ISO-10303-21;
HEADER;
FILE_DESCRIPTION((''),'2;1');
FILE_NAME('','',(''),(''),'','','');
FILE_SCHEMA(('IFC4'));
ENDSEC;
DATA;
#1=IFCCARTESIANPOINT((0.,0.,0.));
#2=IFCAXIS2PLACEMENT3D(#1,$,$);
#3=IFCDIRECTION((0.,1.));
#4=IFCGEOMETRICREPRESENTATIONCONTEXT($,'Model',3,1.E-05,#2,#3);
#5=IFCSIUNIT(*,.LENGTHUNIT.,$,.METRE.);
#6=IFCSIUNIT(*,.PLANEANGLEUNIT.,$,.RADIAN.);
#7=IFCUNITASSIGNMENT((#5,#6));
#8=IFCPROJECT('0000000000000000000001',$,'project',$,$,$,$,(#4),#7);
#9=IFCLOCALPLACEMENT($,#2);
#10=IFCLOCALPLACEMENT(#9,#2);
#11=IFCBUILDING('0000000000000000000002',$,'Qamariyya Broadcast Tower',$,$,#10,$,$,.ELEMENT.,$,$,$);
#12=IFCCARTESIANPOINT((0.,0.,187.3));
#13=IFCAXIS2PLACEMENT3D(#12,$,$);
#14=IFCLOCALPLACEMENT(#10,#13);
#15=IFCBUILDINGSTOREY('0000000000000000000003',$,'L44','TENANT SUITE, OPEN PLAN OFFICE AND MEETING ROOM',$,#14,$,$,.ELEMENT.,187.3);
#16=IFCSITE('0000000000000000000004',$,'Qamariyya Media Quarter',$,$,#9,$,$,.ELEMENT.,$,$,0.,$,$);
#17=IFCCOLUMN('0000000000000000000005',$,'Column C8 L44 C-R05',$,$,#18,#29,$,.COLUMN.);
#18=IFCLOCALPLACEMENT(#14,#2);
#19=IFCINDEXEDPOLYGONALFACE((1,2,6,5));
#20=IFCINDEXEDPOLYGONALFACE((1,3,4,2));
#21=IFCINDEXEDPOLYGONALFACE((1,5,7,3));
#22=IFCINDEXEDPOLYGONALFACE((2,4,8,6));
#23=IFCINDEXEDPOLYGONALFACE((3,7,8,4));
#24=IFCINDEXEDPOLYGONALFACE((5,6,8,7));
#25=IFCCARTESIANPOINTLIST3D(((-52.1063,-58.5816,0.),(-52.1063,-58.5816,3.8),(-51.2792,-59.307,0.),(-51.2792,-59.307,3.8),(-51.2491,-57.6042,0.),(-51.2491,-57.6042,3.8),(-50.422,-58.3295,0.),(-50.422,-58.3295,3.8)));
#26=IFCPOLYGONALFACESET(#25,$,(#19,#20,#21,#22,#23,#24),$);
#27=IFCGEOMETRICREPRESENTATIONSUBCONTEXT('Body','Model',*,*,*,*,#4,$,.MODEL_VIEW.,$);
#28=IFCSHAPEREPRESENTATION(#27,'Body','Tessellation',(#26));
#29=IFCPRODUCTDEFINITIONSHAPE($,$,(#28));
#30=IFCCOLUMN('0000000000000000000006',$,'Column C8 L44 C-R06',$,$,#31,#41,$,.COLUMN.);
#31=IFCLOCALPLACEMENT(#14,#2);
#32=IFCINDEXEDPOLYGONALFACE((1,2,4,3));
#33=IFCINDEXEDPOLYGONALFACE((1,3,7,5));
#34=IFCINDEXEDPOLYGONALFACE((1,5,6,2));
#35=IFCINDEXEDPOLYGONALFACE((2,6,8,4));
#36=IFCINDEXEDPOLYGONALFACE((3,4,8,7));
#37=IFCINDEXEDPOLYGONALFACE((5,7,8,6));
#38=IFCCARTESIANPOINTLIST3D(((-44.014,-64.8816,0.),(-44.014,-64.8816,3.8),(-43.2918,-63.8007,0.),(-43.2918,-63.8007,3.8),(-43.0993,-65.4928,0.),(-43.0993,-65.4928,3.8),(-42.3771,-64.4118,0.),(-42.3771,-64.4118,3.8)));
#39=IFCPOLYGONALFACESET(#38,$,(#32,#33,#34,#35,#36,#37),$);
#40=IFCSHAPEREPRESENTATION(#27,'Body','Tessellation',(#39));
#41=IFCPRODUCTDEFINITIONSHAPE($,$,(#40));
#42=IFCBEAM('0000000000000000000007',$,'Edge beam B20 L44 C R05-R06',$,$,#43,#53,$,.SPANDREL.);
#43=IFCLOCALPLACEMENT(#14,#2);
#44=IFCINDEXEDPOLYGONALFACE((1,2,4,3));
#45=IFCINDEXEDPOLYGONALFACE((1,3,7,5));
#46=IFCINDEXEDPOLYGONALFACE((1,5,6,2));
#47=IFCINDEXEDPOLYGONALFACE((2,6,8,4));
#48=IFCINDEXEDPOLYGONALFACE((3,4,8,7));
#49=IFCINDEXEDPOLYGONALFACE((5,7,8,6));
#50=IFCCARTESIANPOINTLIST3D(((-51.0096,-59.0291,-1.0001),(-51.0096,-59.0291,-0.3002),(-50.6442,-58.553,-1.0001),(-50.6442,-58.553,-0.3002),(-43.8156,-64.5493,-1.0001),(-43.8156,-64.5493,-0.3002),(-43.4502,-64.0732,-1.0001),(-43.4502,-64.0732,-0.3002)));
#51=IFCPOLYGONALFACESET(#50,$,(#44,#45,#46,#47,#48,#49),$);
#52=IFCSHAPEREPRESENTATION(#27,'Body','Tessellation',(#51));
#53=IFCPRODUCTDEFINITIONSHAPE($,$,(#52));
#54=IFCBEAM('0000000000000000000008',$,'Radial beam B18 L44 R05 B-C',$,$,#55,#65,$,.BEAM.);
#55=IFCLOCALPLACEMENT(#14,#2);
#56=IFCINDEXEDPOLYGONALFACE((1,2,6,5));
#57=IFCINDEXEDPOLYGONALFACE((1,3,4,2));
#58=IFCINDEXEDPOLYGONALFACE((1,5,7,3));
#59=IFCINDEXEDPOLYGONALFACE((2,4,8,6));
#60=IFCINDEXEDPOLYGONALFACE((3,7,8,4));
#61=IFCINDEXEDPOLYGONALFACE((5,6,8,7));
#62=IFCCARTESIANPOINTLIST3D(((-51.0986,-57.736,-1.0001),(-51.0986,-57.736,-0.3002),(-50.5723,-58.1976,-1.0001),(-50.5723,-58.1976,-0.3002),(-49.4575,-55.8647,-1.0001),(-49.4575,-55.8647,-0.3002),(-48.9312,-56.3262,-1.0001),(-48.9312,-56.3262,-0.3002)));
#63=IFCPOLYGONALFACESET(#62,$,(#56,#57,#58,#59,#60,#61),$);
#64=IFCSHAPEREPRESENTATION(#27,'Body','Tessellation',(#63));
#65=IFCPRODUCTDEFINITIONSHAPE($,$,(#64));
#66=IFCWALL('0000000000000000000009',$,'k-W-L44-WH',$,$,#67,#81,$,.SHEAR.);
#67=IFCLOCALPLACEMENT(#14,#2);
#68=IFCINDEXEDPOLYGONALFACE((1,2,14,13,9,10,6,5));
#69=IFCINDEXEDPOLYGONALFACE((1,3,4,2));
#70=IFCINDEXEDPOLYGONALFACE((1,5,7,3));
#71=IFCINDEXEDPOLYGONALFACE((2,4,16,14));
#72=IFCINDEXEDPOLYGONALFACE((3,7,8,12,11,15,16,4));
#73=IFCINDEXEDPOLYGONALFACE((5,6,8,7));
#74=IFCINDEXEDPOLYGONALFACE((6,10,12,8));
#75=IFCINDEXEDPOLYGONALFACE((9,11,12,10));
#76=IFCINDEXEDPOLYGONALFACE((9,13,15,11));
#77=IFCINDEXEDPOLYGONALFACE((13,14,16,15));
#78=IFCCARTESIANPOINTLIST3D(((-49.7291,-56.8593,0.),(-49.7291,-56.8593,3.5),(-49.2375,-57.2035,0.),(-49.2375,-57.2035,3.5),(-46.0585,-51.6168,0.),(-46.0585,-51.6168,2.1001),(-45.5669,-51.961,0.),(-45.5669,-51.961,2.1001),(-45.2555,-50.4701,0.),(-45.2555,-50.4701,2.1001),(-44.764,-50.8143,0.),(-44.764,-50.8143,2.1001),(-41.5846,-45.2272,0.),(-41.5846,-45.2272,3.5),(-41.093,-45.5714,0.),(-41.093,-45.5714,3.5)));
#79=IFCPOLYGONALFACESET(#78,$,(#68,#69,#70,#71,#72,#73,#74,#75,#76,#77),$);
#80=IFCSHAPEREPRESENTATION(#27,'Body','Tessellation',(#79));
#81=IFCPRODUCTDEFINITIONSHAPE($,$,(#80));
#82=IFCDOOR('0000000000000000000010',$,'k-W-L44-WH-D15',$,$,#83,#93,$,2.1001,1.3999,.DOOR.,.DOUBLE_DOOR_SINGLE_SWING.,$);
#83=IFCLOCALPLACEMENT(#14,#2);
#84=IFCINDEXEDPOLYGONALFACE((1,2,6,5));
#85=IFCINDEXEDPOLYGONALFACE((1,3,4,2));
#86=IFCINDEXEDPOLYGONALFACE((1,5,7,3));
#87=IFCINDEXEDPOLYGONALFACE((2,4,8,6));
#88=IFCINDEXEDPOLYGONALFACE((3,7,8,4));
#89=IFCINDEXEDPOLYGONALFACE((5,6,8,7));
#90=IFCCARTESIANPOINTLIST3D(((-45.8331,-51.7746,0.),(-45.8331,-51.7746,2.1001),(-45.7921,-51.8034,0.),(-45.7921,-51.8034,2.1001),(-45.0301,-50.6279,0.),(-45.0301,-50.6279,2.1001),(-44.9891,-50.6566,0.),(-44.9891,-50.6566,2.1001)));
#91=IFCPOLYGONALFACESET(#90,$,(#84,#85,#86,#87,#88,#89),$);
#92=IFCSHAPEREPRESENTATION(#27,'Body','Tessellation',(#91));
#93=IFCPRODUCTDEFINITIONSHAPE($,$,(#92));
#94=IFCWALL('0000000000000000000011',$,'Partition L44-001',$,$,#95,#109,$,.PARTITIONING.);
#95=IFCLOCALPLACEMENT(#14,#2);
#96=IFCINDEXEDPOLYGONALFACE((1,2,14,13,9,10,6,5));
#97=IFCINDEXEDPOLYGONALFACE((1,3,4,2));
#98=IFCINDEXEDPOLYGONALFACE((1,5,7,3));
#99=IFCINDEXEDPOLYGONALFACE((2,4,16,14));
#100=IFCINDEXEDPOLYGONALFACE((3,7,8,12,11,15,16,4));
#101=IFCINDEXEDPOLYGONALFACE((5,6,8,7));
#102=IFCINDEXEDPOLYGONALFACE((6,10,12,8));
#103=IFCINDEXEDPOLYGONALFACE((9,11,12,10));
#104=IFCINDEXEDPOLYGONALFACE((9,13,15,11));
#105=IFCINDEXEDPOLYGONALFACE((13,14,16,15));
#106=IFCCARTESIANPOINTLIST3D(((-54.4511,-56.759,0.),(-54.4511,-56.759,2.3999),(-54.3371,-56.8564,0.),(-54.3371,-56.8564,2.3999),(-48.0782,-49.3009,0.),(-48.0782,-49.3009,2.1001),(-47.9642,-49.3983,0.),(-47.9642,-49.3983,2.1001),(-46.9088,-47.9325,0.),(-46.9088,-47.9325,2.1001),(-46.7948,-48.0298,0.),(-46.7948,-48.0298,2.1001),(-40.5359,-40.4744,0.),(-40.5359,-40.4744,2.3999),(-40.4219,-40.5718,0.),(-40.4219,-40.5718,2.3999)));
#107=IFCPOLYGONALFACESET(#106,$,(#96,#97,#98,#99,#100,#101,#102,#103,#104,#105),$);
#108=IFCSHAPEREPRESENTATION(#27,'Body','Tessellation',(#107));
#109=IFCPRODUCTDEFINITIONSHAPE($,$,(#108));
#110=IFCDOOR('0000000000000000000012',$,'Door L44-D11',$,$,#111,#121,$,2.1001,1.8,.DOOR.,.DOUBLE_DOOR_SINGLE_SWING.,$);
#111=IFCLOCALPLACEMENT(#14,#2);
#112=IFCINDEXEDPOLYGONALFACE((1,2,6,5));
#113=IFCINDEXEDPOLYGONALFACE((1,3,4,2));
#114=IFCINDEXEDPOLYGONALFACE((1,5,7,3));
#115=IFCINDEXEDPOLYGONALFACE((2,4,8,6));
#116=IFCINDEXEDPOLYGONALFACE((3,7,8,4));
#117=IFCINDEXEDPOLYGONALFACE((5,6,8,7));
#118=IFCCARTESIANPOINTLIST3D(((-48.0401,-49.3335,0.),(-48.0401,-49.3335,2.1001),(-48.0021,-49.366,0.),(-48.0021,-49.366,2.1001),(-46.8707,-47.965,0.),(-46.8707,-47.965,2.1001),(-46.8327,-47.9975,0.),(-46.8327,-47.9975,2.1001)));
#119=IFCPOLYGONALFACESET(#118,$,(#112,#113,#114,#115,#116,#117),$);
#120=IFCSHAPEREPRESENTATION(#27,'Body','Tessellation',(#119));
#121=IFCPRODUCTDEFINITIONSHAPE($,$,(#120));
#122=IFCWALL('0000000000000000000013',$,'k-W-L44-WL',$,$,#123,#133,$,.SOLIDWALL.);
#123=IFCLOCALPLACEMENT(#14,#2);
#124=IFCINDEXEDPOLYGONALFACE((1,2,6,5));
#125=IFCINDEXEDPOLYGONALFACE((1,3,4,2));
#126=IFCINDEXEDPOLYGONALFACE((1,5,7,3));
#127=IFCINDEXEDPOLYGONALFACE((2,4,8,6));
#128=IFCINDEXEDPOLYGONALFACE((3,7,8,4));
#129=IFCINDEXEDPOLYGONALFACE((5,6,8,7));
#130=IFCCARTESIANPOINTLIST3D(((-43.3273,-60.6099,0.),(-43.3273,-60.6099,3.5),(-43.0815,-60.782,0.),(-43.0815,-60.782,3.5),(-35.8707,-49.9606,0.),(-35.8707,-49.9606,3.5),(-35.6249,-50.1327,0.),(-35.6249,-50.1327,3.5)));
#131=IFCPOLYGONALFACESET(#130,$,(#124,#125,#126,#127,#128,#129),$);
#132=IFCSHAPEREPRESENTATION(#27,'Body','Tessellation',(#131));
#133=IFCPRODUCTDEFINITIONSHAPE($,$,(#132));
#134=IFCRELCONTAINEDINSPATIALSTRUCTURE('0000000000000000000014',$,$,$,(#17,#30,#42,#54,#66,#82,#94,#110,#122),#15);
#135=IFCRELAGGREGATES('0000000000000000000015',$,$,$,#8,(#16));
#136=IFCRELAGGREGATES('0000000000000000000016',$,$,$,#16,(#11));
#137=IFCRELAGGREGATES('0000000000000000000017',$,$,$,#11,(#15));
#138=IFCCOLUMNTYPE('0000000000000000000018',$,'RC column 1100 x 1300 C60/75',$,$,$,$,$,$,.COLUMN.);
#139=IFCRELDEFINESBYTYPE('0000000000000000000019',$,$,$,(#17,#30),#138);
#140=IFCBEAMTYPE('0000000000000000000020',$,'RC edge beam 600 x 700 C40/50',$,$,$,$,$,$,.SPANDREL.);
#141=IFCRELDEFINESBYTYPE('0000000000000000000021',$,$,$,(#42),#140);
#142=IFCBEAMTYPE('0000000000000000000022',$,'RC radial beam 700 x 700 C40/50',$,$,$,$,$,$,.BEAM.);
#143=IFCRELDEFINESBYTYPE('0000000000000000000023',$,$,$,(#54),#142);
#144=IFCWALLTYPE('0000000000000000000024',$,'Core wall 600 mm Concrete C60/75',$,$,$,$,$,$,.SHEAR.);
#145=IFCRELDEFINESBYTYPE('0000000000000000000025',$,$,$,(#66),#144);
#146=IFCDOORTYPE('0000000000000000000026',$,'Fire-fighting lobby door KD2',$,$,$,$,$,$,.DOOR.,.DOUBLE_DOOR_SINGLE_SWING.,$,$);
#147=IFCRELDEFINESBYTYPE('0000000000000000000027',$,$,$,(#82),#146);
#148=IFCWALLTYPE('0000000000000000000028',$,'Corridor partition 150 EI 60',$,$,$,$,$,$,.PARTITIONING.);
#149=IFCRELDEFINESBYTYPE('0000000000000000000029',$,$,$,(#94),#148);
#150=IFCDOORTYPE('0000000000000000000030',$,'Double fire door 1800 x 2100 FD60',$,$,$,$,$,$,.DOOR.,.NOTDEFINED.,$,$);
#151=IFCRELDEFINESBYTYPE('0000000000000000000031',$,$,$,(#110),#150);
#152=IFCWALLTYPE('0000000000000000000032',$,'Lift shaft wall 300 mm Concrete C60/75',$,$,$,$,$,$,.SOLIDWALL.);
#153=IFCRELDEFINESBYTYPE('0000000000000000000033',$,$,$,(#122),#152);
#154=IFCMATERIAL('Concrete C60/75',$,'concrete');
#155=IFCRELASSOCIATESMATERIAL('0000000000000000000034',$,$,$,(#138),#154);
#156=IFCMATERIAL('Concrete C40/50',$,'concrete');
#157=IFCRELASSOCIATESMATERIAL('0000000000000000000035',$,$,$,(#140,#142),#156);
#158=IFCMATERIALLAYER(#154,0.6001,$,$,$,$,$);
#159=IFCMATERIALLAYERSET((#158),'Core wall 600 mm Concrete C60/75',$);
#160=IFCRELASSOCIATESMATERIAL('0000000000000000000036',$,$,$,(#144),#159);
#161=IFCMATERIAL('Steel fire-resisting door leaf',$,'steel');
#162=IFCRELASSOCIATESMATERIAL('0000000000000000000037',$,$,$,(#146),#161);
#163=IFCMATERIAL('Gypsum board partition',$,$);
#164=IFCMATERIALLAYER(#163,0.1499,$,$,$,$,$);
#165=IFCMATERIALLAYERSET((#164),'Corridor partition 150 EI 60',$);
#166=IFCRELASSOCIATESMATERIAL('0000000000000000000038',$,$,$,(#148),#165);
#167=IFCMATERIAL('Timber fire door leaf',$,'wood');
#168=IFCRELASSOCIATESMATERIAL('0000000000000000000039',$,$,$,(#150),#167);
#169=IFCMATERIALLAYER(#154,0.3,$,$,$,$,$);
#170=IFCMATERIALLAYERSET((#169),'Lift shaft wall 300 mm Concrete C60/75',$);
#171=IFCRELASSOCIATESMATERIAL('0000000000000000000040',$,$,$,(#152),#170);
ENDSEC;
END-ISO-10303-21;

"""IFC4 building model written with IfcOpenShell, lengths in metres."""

from ifc_helpers import new_model, si_unit, direction, frame, frame_2d, origin, origin_2d, place, context, subcontext, project, spatial, rectangle, extrude, material, layer, layer_set, material_profile, profile_set, type_object, element, fill, save


model = new_model("IFC4")

# Units and contexts
model_context = context("Model", 3, precision=1e-05, world=origin(), true_north=direction((0.0, 1.0)))
body_context = subcontext(model_context, "Body", "Model", "MODEL_VIEW")
ifc_project = project(units=[si_unit("LENGTHUNIT", "METRE"), si_unit("PLANEANGLEUNIT", "RADIAN")], contexts=[model_context])

# Site, building, storey
site_placement = place(None, origin())
site = spatial("IfcSite", under=ifc_project, at=site_placement, Name="Qamariyya Media Quarter", CompositionType="ELEMENT", RefElevation=0.0)
building_placement = place(site_placement, origin())
building = spatial("IfcBuilding", under=site, at=building_placement, Name="Qamariyya Broadcast Tower", CompositionType="ELEMENT")
storey_placement = place(building_placement, frame((0.0, 0.0, 187.3)))
storey = spatial("IfcBuildingStorey", under=building, at=storey_placement, Name="L44", Description="TENANT SUITE, OPEN PLAN OFFICE AND MEETING ROOM", CompositionType="ELEMENT", Elevation=187.3)

# Columns
ifc_material_1 = material(Name="Concrete C60/75", Category="concrete")
ifc_material_profile_1 = material_profile(ifc_material_1, rectangle(XDim=1.1001, YDim=1.3, at=origin_2d()))
ifc_profile_set_1 = profile_set([ifc_material_profile_1], Name="Concrete C60/75")
column_type = type_object("IfcColumnType", Name="RC column 1100 x 1300 C60/75", PredefinedType="COLUMN", material=ifc_profile_set_1)
for number, where, z_axis, x_axis, name in (
    (1, (-51.2642, -58.4556, 0.0), (0.0, 0.0, 1.0), (0.75184, -0.659346, 0.0), "Column C8 L44 C-R05"),
    (2, (-43.1956, -64.6467, 0.0), (0.0, 0.0, 1.0), (0.83147, -0.55557, 0.0), "Column C8 L44 C-R06"),
):
    element("IfcColumn", number, at=place(storey_placement, frame(where, z_axis=z_axis, x_axis=x_axis)), inside=storey, type_object=column_type, Name=name, PredefinedType="COLUMN", context=body_context, shape_type="SweptSolid", body=[
        extrude(rectangle(XDim=1.1001, YDim=1.3, at=origin_2d()), origin(), (0.0, 0.0, 1.0), 3.8),
    ])

# Beams
ifc_material_2 = material(Name="Concrete C40/50", Category="concrete")
ifc_material_profile_2 = material_profile(ifc_material_2, rectangle(XDim=0.6001, YDim=0.7, at=origin_2d()))
ifc_profile_set_2 = profile_set([ifc_material_profile_2], Name="Concrete C40/50")
beam_type_1 = type_object("IfcBeamType", Name="RC edge beam 600 x 700 C40/50", PredefinedType="SPANDREL", material=ifc_profile_set_2)
beam_1_placement = place(storey_placement, frame((-50.8269, -58.791, -0.6501), z_axis=(0.793351, -0.608764, 0.0), x_axis=(0.608764, 0.793351, 0.0)))
element("IfcBeam", 3, at=beam_1_placement, inside=storey, type_object=beam_type_1, Name="Edge beam B20 L44 C R05-R06", PredefinedType="SPANDREL", context=body_context, shape_type="SweptSolid", body=[
    extrude(rectangle(XDim=0.6001, YDim=0.7, at=origin_2d()), origin(), (0.0, 0.0, 1.0), 9.0679),
])
ifc_material_profile_3 = material_profile(ifc_material_2, rectangle(XDim=0.7, YDim=0.7, at=origin_2d()))
ifc_profile_set_3 = profile_set([ifc_material_profile_3], Name="Concrete C40/50")
beam_type_2 = type_object("IfcBeamType", Name="RC radial beam 700 x 700 C40/50", PredefinedType="BEAM", material=ifc_profile_set_3)
beam_2_placement = place(storey_placement, frame((-49.1943, -56.0955, -0.6501), z_axis=(-0.659344, -0.751841, 0.0), x_axis=(0.751841, -0.659344, 0.0)))
element("IfcBeam", 4, at=beam_2_placement, inside=storey, type_object=beam_type_2, Name="Radial beam B18 L44 R05 B-C", PredefinedType="BEAM", context=body_context, shape_type="SweptSolid", body=[
    extrude(rectangle(XDim=0.7, YDim=0.7, at=origin_2d()), origin(), (0.0, 0.0, 1.0), 2.489),
])

# Walls, openings, doors
ifc_layer_1 = layer(ifc_material_1, 0.6001)
ifc_layer_set_1 = layer_set([ifc_layer_1], Name="Core wall 600 mm Concrete C60/75")
wall_type_1 = type_object("IfcWallType", Name="Core wall 600 mm Concrete C60/75", PredefinedType="SHEAR", material=ifc_layer_set_1)
wall_1_placement = place(storey_placement, frame((-49.4834, -57.0315, 0.0), z_axis=(0.0, 0.0, 1.0), x_axis=(0.57356, 0.819163, 0.0)))
wall_1 = element("IfcWall", 5, at=wall_1_placement, inside=storey, type_object=wall_type_1, Name="k-W-L44-WH", PredefinedType="SHEAR", context=body_context, shape_type="SweptSolid", body=[
    extrude(rectangle(XDim=14.2, YDim=0.6001, at=frame_2d((7.1001, 0.0))), origin(), (0.0, 0.0, 1.0), 3.5),
])
opening_1_placement = place(wall_1_placement, frame((6.3999, 0.0, 0.0)))
opening_1 = element("IfcOpeningElement", 6, at=opening_1_placement, cuts=wall_1, PredefinedType="OPENING", context=body_context, shape_type="SweptSolid", body=[
    extrude(rectangle(XDim=1.3999, YDim=2.1001, at=frame_2d((0.7, 1.05))), frame((0.0, 0.3101, 0.0), z_axis=(0.0, -1.0, 0.0), x_axis=(1.0, 0.0, 0.0)), (0.0, 0.0, 1.0), 0.6201),
])
ifc_material_3 = material(Name="Steel fire-resisting door leaf", Category="steel")
door_type_1 = type_object("IfcDoorType", Name="Fire-fighting lobby door KD2", OperationType="DOUBLE_DOOR_SINGLE_SWING", PredefinedType="DOOR", material=ifc_material_3)
door_1_placement = place(opening_1_placement, origin())
door_1 = element("IfcDoor", 7, at=door_1_placement, inside=storey, type_object=door_type_1, Name="k-W-L44-WH-D15", OperationType="DOUBLE_DOOR_SINGLE_SWING", OverallHeight=2.1001, OverallWidth=1.3999, PredefinedType="DOOR", context=body_context, shape_type="SweptSolid", body=[
    extrude(rectangle(XDim=1.3999, YDim=2.1001, at=frame_2d((0.7, 1.05))), frame((0.0, 0.0249, 0.0), z_axis=(0.0, -1.0, 0.0), x_axis=(1.0, 0.0, 0.0)), (0.0, 0.0, 1.0), 0.05),
])
fill(opening_1, door_1)
ifc_material_4 = material(Name="Gypsum board partition")
ifc_layer_2 = layer(ifc_material_4, 0.1499)
ifc_layer_set_2 = layer_set([ifc_layer_2], Name="Corridor partition 150 EI 60")
wall_type_2 = type_object("IfcWallType", Name="Corridor partition 150 EI 60", PredefinedType="PARTITIONING", material=ifc_layer_set_2)
wall_2_placement = place(storey_placement, frame((-54.394, -56.8076, 0.0), z_axis=(0.0, 0.0, 1.0), x_axis=(0.649633, 0.760248, 0.0)))
wall_2 = element("IfcWall", 8, at=wall_2_placement, inside=storey, type_object=wall_type_2, Name="Partition L44-001", PredefinedType="PARTITIONING", context=body_context, shape_type="SweptSolid", body=[
    extrude(rectangle(XDim=21.4202, YDim=0.1499, at=frame_2d((10.71, 0.0))), origin(), (0.0, 0.0, 1.0), 2.3999),
])
opening_2_placement = place(wall_2_placement, frame((9.8101, 0.0, 0.0)))
opening_2 = element("IfcOpeningElement", 9, at=opening_2_placement, cuts=wall_2, PredefinedType="OPENING", context=body_context, shape_type="SweptSolid", body=[
    extrude(rectangle(XDim=1.8, YDim=2.1001, at=frame_2d((0.8999, 1.05))), frame((0.0, 0.085, 0.0), z_axis=(0.0, -1.0, 0.0), x_axis=(1.0, 0.0, 0.0)), (0.0, 0.0, 1.0), 0.1699),
])
ifc_material_5 = material(Name="Timber fire door leaf", Category="wood")
door_type_2 = type_object("IfcDoorType", Name="Double fire door 1800 x 2100 FD60", OperationType="NOTDEFINED", PredefinedType="DOOR", material=ifc_material_5)
door_2_placement = place(opening_2_placement, origin())
door_2 = element("IfcDoor", 10, at=door_2_placement, inside=storey, type_object=door_type_2, Name="Door L44-D11", OperationType="DOUBLE_DOOR_SINGLE_SWING", OverallHeight=2.1001, OverallWidth=1.8, PredefinedType="DOOR", context=body_context, shape_type="SweptSolid", body=[
    extrude(rectangle(XDim=1.8, YDim=2.1001, at=frame_2d((0.8999, 1.05))), frame((0.0, 0.0249, 0.0), z_axis=(0.0, -1.0, 0.0), x_axis=(1.0, 0.0, 0.0)), (0.0, 0.0, 1.0), 0.05),
])
fill(opening_2, door_2)

# Wall
ifc_layer_3 = layer(ifc_material_1, 0.3)
ifc_layer_set_3 = layer_set([ifc_layer_3], Name="Lift shaft wall 300 mm Concrete C60/75")
wall_type_3 = type_object("IfcWallType", Name="Lift shaft wall 300 mm Concrete C60/75", PredefinedType="SOLIDWALL", material=ifc_layer_set_3)
wall_3_placement = place(storey_placement, frame((-43.2043, -60.6958, 0.0), z_axis=(0.0, 0.0, 1.0), x_axis=(0.573572, 0.819155, 0.0)))
element("IfcWall", 11, at=wall_3_placement, inside=storey, type_object=wall_type_3, Name="k-W-L44-WL", PredefinedType="SOLIDWALL", context=body_context, shape_type="SweptSolid", body=[
    extrude(rectangle(XDim=13.0002, YDim=0.3, at=frame_2d((6.5, 0.0))), origin(), (0.0, 0.0, 1.0), 3.5),
])

save(model, "model.ifc")
